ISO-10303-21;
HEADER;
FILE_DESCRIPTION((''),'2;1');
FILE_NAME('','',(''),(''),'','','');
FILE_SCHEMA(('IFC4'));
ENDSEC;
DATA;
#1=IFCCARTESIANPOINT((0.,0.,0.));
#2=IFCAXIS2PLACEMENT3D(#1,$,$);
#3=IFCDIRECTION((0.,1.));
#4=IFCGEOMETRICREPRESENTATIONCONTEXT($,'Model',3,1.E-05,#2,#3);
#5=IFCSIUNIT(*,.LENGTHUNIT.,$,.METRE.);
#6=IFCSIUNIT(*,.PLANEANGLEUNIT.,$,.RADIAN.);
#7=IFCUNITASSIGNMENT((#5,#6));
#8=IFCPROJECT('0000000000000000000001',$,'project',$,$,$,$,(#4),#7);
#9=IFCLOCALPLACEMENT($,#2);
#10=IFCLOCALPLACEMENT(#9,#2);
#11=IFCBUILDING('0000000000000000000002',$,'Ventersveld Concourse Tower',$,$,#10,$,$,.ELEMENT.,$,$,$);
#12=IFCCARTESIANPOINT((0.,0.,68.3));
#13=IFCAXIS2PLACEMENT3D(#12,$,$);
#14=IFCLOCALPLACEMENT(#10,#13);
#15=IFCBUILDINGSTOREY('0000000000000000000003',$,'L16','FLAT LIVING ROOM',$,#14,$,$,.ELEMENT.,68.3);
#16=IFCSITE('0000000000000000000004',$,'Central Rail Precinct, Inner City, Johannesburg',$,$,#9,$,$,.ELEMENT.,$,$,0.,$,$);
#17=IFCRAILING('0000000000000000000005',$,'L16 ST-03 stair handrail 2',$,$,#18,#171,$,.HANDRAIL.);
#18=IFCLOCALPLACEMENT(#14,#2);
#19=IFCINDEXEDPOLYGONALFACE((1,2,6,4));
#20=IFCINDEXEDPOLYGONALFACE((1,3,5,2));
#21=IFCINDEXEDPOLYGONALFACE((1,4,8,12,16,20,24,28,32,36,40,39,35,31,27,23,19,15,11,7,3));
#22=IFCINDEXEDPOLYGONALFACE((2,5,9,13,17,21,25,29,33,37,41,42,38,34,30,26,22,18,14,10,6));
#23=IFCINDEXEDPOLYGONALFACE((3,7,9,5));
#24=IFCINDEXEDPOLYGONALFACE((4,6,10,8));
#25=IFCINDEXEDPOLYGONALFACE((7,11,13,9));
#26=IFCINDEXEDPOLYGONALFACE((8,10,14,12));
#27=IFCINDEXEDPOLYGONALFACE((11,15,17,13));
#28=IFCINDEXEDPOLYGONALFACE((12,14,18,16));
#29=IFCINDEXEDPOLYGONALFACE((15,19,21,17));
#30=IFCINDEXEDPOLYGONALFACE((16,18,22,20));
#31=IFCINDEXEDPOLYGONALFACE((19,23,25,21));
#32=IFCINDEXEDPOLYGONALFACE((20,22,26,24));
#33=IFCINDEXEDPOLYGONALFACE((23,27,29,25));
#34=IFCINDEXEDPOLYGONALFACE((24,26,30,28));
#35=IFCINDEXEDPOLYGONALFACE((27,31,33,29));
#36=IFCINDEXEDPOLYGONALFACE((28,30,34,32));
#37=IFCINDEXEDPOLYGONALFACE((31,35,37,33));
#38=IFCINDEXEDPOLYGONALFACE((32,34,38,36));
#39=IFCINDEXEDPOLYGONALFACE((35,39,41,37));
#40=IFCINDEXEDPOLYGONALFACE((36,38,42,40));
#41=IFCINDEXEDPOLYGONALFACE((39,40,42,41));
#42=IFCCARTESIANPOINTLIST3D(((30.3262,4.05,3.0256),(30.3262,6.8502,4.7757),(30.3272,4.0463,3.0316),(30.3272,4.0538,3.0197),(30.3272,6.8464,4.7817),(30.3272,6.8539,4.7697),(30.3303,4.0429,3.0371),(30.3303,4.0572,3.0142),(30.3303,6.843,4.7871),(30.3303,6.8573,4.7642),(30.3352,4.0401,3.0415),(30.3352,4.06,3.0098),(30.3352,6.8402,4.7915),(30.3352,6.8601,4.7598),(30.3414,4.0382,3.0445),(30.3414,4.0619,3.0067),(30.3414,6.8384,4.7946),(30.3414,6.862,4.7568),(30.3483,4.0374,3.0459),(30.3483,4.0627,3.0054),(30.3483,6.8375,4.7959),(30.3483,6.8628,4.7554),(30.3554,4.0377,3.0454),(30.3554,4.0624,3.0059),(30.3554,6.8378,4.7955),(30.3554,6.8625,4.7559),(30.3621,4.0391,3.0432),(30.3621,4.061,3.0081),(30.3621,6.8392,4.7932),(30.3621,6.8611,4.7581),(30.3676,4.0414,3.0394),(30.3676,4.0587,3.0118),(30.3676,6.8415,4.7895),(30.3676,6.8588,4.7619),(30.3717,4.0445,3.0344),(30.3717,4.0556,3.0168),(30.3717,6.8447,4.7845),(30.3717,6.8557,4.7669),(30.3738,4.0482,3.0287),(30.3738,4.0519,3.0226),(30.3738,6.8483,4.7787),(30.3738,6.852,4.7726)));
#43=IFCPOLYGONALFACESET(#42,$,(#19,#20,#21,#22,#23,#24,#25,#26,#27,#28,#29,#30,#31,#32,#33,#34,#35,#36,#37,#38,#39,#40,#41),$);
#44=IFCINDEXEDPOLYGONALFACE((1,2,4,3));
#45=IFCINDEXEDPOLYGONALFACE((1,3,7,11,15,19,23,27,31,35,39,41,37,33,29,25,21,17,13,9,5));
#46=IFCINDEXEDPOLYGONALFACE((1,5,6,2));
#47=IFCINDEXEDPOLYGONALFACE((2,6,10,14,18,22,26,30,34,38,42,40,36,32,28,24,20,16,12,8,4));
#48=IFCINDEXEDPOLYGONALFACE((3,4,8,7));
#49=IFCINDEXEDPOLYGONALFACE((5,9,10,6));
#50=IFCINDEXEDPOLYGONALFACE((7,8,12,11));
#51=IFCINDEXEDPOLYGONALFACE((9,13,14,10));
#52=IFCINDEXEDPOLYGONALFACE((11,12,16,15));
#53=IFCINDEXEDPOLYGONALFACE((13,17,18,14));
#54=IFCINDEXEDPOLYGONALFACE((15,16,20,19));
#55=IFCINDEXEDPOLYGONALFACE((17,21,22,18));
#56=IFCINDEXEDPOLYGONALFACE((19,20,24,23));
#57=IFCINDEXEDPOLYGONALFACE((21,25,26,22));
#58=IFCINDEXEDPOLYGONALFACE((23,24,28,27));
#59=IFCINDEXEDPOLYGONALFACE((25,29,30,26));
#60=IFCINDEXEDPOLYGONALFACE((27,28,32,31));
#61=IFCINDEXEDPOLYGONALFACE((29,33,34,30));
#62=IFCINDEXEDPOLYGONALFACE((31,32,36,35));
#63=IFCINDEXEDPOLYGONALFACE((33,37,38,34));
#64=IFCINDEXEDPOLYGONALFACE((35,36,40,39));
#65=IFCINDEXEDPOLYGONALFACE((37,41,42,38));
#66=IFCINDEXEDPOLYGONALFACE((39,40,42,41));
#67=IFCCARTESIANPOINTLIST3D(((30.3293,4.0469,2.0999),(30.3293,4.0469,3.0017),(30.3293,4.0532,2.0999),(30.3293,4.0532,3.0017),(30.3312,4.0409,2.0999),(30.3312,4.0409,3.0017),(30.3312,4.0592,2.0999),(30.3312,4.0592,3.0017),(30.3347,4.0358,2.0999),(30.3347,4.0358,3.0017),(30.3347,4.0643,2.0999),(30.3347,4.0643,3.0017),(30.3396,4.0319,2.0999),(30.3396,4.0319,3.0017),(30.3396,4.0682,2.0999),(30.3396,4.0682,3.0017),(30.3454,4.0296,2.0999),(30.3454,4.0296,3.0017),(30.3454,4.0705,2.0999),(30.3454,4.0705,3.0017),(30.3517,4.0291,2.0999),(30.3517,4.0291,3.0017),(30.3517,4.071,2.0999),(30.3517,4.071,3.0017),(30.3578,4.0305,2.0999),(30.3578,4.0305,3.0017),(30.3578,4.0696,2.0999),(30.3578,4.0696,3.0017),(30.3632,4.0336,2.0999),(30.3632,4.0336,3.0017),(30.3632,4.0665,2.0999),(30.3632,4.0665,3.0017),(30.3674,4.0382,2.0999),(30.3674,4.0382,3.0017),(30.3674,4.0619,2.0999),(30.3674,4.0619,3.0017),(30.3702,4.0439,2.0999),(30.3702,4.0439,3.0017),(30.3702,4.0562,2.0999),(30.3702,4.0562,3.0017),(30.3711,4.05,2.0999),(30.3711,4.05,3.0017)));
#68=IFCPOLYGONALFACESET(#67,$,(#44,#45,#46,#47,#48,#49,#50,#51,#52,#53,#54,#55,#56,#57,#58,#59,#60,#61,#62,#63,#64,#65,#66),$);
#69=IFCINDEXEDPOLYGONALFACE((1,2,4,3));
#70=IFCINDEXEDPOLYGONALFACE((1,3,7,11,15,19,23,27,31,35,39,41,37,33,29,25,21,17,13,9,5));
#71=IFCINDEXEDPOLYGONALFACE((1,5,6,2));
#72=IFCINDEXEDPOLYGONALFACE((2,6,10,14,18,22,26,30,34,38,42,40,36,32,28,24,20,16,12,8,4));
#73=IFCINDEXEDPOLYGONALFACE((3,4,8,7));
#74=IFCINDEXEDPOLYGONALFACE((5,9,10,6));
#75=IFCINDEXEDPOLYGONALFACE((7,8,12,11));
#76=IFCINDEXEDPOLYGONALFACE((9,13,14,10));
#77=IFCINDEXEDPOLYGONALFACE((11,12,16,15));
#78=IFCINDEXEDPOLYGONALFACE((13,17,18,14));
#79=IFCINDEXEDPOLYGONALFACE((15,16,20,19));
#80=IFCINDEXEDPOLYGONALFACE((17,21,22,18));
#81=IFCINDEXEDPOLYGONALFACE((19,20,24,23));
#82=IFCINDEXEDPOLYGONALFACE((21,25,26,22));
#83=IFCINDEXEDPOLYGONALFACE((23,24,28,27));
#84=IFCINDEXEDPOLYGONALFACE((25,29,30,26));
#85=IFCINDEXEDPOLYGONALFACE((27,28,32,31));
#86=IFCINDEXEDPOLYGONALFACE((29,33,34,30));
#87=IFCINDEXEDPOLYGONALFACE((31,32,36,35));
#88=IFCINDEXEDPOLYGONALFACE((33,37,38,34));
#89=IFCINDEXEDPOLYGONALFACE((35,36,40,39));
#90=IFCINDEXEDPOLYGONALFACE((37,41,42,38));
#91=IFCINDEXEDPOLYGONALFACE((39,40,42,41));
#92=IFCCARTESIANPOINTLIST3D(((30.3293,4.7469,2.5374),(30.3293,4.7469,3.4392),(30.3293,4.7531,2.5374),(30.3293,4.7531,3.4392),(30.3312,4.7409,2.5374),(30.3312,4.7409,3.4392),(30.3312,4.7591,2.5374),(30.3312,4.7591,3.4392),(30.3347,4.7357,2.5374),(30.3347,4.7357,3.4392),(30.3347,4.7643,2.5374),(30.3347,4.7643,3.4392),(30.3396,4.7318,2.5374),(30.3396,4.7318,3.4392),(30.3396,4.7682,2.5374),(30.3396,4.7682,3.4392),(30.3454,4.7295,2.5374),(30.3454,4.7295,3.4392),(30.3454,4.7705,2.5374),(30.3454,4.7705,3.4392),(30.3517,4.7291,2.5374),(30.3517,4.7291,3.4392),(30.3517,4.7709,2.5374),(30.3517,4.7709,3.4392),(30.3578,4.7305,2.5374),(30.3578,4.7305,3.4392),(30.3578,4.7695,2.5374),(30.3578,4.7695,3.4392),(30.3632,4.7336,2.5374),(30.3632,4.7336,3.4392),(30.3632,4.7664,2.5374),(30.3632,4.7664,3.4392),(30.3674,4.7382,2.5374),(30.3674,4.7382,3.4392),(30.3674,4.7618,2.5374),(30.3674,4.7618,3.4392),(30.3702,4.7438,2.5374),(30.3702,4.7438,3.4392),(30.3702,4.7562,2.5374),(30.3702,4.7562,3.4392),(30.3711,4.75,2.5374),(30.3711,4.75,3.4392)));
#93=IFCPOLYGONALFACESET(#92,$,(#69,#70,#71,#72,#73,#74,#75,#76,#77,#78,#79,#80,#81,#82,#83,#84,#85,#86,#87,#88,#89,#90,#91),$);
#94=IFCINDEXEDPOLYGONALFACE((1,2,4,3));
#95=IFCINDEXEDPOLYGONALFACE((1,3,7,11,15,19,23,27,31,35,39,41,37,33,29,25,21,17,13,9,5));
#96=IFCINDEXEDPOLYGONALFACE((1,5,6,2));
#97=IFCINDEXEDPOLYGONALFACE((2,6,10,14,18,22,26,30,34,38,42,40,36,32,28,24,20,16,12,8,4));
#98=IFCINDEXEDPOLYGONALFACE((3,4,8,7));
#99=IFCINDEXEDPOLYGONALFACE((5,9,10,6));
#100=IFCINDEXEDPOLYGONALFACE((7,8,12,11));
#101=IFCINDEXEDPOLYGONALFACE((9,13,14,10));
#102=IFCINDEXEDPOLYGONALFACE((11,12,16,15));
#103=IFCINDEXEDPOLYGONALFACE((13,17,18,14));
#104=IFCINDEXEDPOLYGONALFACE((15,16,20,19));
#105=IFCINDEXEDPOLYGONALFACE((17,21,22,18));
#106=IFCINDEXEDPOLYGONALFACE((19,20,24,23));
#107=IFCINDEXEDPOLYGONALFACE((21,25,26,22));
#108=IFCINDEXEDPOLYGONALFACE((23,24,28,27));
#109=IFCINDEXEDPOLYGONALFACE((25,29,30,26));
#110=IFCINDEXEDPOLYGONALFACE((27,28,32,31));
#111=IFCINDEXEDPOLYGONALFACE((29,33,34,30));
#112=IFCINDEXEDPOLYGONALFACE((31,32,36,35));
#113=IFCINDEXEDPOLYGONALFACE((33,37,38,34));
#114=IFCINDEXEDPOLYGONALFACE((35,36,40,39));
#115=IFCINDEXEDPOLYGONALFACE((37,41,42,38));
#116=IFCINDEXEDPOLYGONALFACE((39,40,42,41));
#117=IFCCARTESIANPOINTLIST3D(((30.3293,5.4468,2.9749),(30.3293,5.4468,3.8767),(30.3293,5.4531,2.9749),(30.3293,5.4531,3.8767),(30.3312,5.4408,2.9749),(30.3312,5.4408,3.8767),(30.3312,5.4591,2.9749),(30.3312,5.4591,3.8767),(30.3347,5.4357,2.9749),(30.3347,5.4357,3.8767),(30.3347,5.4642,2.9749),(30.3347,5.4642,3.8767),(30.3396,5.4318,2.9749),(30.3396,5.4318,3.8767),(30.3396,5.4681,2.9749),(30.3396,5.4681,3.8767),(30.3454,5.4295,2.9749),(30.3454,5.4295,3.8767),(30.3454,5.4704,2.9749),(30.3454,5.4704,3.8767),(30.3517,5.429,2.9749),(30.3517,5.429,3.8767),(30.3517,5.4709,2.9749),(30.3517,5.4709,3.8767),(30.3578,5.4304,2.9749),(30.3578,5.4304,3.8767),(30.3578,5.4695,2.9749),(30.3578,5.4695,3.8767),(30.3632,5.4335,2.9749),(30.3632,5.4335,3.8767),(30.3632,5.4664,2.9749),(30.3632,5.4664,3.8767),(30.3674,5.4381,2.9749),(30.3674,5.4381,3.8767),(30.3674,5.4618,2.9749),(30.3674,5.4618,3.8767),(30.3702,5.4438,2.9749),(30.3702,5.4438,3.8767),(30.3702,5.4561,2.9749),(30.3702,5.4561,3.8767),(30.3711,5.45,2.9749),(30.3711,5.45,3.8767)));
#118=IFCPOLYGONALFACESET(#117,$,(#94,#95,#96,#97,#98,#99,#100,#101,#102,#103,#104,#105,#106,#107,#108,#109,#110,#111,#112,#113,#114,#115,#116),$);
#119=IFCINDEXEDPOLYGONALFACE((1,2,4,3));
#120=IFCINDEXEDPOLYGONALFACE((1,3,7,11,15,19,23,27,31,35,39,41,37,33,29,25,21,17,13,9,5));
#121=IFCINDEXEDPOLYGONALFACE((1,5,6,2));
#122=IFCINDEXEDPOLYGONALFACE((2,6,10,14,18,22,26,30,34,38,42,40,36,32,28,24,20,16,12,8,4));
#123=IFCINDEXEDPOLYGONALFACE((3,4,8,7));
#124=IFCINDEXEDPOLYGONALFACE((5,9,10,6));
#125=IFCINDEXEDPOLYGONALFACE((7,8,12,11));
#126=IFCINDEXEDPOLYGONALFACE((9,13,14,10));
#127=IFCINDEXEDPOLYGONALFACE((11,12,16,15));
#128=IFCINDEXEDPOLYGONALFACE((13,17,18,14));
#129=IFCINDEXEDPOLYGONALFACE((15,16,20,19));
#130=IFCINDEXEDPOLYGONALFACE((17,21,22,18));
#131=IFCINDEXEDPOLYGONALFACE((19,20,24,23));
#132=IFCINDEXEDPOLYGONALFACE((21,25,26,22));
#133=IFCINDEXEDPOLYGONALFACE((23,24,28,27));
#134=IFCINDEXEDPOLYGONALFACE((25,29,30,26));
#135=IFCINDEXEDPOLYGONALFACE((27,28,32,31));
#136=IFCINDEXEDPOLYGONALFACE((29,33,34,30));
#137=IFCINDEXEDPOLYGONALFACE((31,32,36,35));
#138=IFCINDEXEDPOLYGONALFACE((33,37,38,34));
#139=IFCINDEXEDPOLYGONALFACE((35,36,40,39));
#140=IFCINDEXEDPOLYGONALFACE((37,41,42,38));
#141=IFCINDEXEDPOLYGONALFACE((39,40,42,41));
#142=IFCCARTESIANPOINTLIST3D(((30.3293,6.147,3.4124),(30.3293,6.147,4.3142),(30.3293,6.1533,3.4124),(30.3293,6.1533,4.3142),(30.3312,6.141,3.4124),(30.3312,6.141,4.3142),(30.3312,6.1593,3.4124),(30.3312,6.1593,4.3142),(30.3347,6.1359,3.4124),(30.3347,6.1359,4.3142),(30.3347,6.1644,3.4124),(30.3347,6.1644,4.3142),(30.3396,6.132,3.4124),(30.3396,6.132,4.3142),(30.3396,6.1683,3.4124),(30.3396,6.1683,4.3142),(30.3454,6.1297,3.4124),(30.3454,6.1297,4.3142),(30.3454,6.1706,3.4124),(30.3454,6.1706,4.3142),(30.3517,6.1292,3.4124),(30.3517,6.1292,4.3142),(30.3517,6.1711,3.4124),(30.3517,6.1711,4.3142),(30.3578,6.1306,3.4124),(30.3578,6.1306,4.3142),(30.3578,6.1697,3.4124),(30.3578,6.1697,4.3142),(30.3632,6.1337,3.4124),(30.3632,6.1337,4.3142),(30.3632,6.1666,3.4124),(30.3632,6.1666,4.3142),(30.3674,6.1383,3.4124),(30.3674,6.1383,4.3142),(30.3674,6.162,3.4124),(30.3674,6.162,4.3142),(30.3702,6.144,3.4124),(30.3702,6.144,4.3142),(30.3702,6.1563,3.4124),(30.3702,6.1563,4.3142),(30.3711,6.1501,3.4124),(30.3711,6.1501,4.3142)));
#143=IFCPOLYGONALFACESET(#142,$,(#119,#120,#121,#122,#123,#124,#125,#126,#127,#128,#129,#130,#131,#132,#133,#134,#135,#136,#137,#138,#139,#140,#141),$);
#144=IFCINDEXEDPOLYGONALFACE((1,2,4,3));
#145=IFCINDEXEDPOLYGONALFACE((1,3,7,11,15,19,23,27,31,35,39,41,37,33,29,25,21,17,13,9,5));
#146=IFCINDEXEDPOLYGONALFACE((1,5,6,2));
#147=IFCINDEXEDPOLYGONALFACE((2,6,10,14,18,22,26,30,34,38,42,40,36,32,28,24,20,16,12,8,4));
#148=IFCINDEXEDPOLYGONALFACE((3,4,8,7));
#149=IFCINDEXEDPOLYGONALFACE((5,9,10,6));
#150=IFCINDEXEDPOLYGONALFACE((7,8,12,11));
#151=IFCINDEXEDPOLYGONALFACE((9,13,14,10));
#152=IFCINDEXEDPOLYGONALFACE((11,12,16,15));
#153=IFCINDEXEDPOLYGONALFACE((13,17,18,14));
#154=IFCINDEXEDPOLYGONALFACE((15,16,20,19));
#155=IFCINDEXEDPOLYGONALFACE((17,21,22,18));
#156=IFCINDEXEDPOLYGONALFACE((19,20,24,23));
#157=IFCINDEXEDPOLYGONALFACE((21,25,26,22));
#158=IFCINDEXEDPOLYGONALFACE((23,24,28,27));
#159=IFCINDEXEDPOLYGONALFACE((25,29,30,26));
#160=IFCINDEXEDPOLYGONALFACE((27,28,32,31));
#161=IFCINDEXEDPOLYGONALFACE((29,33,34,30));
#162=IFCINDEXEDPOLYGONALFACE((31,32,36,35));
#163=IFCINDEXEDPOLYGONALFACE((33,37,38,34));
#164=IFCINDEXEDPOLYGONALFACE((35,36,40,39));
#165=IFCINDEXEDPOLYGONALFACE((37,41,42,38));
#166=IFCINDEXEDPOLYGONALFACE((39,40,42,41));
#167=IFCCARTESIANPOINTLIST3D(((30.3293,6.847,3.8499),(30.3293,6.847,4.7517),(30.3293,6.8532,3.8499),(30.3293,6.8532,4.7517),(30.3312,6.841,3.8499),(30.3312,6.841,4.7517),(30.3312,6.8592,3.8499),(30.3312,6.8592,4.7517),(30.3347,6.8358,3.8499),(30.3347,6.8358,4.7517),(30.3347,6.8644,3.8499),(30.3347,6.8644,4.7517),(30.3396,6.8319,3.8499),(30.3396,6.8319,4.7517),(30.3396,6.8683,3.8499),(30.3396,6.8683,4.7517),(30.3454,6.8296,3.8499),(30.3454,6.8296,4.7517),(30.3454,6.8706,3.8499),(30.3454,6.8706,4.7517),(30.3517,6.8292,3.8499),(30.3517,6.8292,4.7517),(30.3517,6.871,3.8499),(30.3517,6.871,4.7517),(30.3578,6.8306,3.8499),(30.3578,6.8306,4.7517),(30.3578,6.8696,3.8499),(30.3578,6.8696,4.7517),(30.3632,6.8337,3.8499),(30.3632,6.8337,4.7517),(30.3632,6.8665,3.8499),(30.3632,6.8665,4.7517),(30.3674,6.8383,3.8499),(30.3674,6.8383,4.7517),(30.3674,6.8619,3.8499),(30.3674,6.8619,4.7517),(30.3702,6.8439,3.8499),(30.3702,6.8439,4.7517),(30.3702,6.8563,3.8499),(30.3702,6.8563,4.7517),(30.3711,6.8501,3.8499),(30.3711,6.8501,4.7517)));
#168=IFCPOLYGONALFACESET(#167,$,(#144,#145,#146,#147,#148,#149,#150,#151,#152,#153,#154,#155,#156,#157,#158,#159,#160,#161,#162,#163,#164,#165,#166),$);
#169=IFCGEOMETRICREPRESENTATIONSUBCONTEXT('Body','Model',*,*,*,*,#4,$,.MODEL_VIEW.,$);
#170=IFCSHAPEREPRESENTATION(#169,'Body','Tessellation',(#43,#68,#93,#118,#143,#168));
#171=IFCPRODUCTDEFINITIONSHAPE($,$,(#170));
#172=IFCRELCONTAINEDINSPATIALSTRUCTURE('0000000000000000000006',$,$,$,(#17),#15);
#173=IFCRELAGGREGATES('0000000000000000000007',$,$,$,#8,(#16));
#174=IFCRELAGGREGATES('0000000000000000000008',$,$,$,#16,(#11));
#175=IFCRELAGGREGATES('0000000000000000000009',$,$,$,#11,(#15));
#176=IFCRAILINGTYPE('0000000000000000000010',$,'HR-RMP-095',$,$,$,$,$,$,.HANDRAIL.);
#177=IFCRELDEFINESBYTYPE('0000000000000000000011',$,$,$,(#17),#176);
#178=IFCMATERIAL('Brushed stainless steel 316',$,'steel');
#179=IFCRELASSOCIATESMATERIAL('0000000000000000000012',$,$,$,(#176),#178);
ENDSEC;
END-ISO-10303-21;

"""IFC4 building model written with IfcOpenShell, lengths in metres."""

from ifc_helpers import new_model, si_unit, direction, frame, origin, origin_2d, place, context, subcontext, project, spatial, circle, extrude, material, type_object, element, save


model = new_model("IFC4")

# Units and contexts
model_context = context("Model", 3, precision=1e-05, world=origin(), true_north=direction((0.0, 1.0)))
body_context = subcontext(model_context, "Body", "Model", "MODEL_VIEW")
ifc_project = project(units=[si_unit("LENGTHUNIT", "METRE"), si_unit("PLANEANGLEUNIT", "RADIAN")], contexts=[model_context])

# Site, building, storey
site_placement = place(None, origin())
site = spatial("IfcSite", under=ifc_project, at=site_placement, Name="Central Rail Precinct, Inner City, Johannesburg", CompositionType="ELEMENT", RefElevation=0.0)
building_placement = place(site_placement, origin())
building = spatial("IfcBuilding", under=site, at=building_placement, Name="Ventersveld Concourse Tower", CompositionType="ELEMENT")
storey_placement = place(building_placement, frame((0.0, 0.0, 68.3)))
storey = spatial("IfcBuildingStorey", under=building, at=storey_placement, Name="L16", Description="FLAT LIVING ROOM", CompositionType="ELEMENT", Elevation=68.3)

# Railing
ifc_material_1 = material(Name="Brushed stainless steel 316", Category="steel")
railing_type_1 = type_object("IfcRailingType", Name="HR-RMP-095", PredefinedType="HANDRAIL", material=ifc_material_1)
railing_1_placement = place(storey_placement, frame((30.3501, 4.05, 2.0999)))
element("IfcRailing", 1, at=railing_1_placement, inside=storey, type_object=railing_type_1, Name="L16 ST-03 stair handrail 2", PredefinedType="HANDRAIL", context=body_context, shape_type="SweptSolid", body=[
    extrude(circle(Radius=0.0239, at=origin_2d()), frame((0.0, 0.0, 0.9258), z_axis=(0.0, 0.848002, 0.529992), x_axis=(-1.0, 0.0, 0.0)), (0.0, 0.0, 1.0), 3.302),
    extrude(circle(Radius=0.021, at=origin_2d()), origin(), (0.0, 0.0, 1.0), 0.9019),
    extrude(circle(Radius=0.021, at=origin_2d()), frame((0.0, 0.7, 0.4375)), (0.0, 0.0, 1.0), 0.9019),
    extrude(circle(Radius=0.021, at=origin_2d()), frame((0.0, 1.3999, 0.875)), (0.0, 0.0, 1.0), 0.9019),
    extrude(circle(Radius=0.021, at=origin_2d()), frame((0.0, 2.1001, 1.3125)), (0.0, 0.0, 1.0), 0.9019),
    extrude(circle(Radius=0.021, at=origin_2d()), frame((0.0, 2.8, 1.75)), (0.0, 0.0, 1.0), 0.9019),
])

save(model, "model.ifc")
